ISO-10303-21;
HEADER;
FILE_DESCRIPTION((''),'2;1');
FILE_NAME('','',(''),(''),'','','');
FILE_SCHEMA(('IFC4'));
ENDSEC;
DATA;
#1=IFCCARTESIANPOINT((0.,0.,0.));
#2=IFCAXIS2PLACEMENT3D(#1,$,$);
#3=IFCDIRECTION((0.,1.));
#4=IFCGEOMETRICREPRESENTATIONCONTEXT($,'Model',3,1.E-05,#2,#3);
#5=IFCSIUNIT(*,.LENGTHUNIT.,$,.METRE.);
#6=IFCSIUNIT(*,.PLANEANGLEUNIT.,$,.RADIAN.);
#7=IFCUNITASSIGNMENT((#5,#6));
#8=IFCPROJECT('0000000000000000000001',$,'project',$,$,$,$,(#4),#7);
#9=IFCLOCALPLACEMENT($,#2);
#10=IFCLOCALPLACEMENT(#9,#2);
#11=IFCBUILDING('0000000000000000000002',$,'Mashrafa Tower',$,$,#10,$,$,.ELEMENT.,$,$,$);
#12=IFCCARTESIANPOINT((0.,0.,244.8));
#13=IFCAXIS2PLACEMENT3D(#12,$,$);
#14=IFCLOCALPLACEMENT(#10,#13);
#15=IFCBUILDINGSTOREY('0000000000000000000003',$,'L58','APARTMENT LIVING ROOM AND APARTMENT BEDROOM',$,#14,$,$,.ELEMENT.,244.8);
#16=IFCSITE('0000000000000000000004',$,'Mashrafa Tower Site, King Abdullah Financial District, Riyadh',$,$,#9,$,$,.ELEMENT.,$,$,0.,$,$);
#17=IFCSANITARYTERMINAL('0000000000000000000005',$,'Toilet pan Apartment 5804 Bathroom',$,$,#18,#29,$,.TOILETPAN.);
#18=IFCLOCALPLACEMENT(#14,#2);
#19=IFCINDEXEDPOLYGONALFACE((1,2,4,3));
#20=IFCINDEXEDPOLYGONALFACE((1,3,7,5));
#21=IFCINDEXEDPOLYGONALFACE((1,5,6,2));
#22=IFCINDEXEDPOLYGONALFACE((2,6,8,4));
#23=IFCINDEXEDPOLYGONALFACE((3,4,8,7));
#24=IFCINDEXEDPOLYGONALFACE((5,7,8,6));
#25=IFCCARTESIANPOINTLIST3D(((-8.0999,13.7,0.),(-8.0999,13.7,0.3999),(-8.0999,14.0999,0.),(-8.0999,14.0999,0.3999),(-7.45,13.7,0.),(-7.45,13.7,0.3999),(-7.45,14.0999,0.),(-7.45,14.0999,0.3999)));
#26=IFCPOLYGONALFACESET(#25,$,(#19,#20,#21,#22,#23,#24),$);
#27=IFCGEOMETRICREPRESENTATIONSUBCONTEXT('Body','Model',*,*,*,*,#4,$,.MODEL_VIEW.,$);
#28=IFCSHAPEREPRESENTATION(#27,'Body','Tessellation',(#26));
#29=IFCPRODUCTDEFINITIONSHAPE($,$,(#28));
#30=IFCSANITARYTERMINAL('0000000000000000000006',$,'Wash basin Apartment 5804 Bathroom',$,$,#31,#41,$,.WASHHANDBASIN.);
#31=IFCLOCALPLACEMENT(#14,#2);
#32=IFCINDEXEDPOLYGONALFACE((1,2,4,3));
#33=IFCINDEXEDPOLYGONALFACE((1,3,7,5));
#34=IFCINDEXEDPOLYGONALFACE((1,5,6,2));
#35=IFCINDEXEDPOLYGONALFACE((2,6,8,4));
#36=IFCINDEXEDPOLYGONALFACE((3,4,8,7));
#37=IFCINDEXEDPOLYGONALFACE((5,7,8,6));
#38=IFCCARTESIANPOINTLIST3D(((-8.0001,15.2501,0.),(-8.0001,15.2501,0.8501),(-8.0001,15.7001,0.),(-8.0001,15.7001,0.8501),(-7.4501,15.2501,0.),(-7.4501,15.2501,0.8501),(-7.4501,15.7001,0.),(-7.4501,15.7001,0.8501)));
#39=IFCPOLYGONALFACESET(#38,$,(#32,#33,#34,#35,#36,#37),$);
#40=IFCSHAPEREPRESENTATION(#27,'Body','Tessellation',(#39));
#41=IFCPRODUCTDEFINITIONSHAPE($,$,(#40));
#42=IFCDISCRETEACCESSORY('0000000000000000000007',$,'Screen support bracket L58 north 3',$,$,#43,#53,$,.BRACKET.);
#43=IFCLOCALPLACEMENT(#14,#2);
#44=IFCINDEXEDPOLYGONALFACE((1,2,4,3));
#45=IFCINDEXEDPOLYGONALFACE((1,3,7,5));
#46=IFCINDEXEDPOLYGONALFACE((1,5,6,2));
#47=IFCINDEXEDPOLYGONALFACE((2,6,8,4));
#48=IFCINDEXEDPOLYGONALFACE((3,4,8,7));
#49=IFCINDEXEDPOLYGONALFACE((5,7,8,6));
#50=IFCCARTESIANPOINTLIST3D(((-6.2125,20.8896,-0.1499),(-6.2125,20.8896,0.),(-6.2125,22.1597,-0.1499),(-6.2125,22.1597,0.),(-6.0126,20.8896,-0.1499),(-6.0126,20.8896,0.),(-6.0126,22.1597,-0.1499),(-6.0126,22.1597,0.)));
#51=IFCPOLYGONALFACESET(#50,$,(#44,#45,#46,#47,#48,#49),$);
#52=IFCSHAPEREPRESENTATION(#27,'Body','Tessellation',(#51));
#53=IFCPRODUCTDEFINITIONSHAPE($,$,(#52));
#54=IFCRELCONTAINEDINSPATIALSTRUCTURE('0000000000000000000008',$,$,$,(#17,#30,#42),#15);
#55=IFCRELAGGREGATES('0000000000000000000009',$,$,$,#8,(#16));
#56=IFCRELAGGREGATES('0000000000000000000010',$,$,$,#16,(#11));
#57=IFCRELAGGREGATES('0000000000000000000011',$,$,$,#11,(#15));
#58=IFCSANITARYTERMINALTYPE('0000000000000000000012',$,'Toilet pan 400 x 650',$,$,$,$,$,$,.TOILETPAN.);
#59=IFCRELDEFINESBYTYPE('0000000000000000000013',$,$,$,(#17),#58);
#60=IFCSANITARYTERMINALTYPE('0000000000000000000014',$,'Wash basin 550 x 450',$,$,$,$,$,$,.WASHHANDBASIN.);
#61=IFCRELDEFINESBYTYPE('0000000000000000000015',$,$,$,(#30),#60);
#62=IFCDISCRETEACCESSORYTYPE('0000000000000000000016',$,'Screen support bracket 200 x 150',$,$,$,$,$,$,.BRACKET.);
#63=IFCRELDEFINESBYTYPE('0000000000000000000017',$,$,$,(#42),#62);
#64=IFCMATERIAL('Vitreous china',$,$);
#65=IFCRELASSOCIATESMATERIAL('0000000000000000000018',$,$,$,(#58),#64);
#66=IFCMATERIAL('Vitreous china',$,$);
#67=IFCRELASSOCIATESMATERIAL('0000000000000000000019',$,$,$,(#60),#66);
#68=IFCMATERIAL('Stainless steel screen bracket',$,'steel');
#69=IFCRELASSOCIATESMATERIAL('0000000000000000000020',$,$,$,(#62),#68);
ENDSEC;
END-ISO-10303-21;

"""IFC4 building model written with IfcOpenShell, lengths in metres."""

from ifc_helpers import new_model, si_unit, direction, frame, origin, origin_2d, place, context, subcontext, project, spatial, rectangle, extrude, source, transform, mapped, material, type_object, type_shapes, element, save


model = new_model("IFC4")

# Units and contexts
model_context = context("Model", 3, precision=1e-05, world=origin(), true_north=direction((0.0, 1.0)))
body_context = subcontext(model_context, "Body", "Model", "MODEL_VIEW")
ifc_project = project(units=[si_unit("LENGTHUNIT", "METRE"), si_unit("PLANEANGLEUNIT", "RADIAN")], contexts=[model_context])

# Site, building, storey
site_placement = place(None, origin())
site = spatial("IfcSite", under=ifc_project, at=site_placement, Name="Mashrafa Tower Site, King Abdullah Financial District, Riyadh", CompositionType="ELEMENT", RefElevation=0.0)
building_placement = place(site_placement, origin())
building = spatial("IfcBuilding", under=site, at=building_placement, Name="Mashrafa Tower", CompositionType="ELEMENT")
storey_placement = place(building_placement, frame((0.0, 0.0, 244.8)))
storey = spatial("IfcBuildingStorey", under=building, at=storey_placement, Name="L58", Description="APARTMENT LIVING ROOM AND APARTMENT BEDROOM", CompositionType="ELEMENT", Elevation=244.8)

# Sanitary terminals
ifc_material_1 = material(Name="Vitreous china")
sanitary_terminal_type_1 = type_object("IfcSanitaryTerminalType", Name="Toilet pan 400 x 650", PredefinedType="TOILETPAN", material=ifc_material_1)
sanitary_terminal_1_placement = place(storey_placement, frame((-7.7749, 13.8999, 0.0), z_axis=(0.0, 0.0, 1.0), x_axis=(0.0, 1.0, 0.0)))
element("IfcSanitaryTerminal", 1, at=sanitary_terminal_1_placement, inside=storey, type_object=sanitary_terminal_type_1, Name="Toilet pan Apartment 5804 Bathroom", PredefinedType="TOILETPAN", context=body_context, shape_type="SweptSolid", body=[
    extrude(rectangle(XDim=0.3999, YDim=0.6499, at=origin_2d()), origin(), (0.0, 0.0, 1.0), 0.3999),
])
ifc_material_2 = material(Name="Vitreous china")
sanitary_terminal_type_2 = type_object("IfcSanitaryTerminalType", Name="Wash basin 550 x 450", PredefinedType="WASHHANDBASIN", material=ifc_material_2)
sanitary_terminal_2_placement = place(storey_placement, frame((-7.7251, 15.4751, 0.0), z_axis=(0.0, 0.0, 1.0), x_axis=(-1.0, 0.0, 0.0)))
element("IfcSanitaryTerminal", 2, at=sanitary_terminal_2_placement, inside=storey, type_object=sanitary_terminal_type_2, Name="Wash basin Apartment 5804 Bathroom", PredefinedType="WASHHANDBASIN", context=body_context, shape_type="SweptSolid", body=[
    extrude(rectangle(XDim=0.55, YDim=0.45, at=origin_2d()), origin(), (0.0, 0.0, 1.0), 0.8501),
])

# Discrete accessory
ifc_material_3 = material(Name="Stainless steel screen bracket", Category="steel")
discrete_accessory_type = type_object("IfcDiscreteAccessoryType", Name="Screen support bracket 200 x 150", PredefinedType="BRACKET", material=ifc_material_3)
shared_shape_1 = source(origin(), body_context, "Body", "SweptSolid", [
    extrude(rectangle(XDim=0.2, YDim=1.27, at=origin_2d()), origin(), (0.0, 0.0, 1.0), 0.1499),
])
type_shapes(discrete_accessory_type, [shared_shape_1])
discrete_accessory_placement = place(storey_placement, frame((-6.1125, 21.5247, -0.1499), z_axis=(0.0, 0.0, 1.0), x_axis=(-1.0, 0.0, 0.0)))
element("IfcDiscreteAccessory", 3, at=discrete_accessory_placement, inside=storey, type_object=discrete_accessory_type, Name="Screen support bracket L58 north 3", PredefinedType="BRACKET", context=body_context, shape_type="MappedRepresentation", body=[
    mapped(shared_shape_1, transform((0.0, 0.0, 0.0))),
])

save(model, "model.ifc")
